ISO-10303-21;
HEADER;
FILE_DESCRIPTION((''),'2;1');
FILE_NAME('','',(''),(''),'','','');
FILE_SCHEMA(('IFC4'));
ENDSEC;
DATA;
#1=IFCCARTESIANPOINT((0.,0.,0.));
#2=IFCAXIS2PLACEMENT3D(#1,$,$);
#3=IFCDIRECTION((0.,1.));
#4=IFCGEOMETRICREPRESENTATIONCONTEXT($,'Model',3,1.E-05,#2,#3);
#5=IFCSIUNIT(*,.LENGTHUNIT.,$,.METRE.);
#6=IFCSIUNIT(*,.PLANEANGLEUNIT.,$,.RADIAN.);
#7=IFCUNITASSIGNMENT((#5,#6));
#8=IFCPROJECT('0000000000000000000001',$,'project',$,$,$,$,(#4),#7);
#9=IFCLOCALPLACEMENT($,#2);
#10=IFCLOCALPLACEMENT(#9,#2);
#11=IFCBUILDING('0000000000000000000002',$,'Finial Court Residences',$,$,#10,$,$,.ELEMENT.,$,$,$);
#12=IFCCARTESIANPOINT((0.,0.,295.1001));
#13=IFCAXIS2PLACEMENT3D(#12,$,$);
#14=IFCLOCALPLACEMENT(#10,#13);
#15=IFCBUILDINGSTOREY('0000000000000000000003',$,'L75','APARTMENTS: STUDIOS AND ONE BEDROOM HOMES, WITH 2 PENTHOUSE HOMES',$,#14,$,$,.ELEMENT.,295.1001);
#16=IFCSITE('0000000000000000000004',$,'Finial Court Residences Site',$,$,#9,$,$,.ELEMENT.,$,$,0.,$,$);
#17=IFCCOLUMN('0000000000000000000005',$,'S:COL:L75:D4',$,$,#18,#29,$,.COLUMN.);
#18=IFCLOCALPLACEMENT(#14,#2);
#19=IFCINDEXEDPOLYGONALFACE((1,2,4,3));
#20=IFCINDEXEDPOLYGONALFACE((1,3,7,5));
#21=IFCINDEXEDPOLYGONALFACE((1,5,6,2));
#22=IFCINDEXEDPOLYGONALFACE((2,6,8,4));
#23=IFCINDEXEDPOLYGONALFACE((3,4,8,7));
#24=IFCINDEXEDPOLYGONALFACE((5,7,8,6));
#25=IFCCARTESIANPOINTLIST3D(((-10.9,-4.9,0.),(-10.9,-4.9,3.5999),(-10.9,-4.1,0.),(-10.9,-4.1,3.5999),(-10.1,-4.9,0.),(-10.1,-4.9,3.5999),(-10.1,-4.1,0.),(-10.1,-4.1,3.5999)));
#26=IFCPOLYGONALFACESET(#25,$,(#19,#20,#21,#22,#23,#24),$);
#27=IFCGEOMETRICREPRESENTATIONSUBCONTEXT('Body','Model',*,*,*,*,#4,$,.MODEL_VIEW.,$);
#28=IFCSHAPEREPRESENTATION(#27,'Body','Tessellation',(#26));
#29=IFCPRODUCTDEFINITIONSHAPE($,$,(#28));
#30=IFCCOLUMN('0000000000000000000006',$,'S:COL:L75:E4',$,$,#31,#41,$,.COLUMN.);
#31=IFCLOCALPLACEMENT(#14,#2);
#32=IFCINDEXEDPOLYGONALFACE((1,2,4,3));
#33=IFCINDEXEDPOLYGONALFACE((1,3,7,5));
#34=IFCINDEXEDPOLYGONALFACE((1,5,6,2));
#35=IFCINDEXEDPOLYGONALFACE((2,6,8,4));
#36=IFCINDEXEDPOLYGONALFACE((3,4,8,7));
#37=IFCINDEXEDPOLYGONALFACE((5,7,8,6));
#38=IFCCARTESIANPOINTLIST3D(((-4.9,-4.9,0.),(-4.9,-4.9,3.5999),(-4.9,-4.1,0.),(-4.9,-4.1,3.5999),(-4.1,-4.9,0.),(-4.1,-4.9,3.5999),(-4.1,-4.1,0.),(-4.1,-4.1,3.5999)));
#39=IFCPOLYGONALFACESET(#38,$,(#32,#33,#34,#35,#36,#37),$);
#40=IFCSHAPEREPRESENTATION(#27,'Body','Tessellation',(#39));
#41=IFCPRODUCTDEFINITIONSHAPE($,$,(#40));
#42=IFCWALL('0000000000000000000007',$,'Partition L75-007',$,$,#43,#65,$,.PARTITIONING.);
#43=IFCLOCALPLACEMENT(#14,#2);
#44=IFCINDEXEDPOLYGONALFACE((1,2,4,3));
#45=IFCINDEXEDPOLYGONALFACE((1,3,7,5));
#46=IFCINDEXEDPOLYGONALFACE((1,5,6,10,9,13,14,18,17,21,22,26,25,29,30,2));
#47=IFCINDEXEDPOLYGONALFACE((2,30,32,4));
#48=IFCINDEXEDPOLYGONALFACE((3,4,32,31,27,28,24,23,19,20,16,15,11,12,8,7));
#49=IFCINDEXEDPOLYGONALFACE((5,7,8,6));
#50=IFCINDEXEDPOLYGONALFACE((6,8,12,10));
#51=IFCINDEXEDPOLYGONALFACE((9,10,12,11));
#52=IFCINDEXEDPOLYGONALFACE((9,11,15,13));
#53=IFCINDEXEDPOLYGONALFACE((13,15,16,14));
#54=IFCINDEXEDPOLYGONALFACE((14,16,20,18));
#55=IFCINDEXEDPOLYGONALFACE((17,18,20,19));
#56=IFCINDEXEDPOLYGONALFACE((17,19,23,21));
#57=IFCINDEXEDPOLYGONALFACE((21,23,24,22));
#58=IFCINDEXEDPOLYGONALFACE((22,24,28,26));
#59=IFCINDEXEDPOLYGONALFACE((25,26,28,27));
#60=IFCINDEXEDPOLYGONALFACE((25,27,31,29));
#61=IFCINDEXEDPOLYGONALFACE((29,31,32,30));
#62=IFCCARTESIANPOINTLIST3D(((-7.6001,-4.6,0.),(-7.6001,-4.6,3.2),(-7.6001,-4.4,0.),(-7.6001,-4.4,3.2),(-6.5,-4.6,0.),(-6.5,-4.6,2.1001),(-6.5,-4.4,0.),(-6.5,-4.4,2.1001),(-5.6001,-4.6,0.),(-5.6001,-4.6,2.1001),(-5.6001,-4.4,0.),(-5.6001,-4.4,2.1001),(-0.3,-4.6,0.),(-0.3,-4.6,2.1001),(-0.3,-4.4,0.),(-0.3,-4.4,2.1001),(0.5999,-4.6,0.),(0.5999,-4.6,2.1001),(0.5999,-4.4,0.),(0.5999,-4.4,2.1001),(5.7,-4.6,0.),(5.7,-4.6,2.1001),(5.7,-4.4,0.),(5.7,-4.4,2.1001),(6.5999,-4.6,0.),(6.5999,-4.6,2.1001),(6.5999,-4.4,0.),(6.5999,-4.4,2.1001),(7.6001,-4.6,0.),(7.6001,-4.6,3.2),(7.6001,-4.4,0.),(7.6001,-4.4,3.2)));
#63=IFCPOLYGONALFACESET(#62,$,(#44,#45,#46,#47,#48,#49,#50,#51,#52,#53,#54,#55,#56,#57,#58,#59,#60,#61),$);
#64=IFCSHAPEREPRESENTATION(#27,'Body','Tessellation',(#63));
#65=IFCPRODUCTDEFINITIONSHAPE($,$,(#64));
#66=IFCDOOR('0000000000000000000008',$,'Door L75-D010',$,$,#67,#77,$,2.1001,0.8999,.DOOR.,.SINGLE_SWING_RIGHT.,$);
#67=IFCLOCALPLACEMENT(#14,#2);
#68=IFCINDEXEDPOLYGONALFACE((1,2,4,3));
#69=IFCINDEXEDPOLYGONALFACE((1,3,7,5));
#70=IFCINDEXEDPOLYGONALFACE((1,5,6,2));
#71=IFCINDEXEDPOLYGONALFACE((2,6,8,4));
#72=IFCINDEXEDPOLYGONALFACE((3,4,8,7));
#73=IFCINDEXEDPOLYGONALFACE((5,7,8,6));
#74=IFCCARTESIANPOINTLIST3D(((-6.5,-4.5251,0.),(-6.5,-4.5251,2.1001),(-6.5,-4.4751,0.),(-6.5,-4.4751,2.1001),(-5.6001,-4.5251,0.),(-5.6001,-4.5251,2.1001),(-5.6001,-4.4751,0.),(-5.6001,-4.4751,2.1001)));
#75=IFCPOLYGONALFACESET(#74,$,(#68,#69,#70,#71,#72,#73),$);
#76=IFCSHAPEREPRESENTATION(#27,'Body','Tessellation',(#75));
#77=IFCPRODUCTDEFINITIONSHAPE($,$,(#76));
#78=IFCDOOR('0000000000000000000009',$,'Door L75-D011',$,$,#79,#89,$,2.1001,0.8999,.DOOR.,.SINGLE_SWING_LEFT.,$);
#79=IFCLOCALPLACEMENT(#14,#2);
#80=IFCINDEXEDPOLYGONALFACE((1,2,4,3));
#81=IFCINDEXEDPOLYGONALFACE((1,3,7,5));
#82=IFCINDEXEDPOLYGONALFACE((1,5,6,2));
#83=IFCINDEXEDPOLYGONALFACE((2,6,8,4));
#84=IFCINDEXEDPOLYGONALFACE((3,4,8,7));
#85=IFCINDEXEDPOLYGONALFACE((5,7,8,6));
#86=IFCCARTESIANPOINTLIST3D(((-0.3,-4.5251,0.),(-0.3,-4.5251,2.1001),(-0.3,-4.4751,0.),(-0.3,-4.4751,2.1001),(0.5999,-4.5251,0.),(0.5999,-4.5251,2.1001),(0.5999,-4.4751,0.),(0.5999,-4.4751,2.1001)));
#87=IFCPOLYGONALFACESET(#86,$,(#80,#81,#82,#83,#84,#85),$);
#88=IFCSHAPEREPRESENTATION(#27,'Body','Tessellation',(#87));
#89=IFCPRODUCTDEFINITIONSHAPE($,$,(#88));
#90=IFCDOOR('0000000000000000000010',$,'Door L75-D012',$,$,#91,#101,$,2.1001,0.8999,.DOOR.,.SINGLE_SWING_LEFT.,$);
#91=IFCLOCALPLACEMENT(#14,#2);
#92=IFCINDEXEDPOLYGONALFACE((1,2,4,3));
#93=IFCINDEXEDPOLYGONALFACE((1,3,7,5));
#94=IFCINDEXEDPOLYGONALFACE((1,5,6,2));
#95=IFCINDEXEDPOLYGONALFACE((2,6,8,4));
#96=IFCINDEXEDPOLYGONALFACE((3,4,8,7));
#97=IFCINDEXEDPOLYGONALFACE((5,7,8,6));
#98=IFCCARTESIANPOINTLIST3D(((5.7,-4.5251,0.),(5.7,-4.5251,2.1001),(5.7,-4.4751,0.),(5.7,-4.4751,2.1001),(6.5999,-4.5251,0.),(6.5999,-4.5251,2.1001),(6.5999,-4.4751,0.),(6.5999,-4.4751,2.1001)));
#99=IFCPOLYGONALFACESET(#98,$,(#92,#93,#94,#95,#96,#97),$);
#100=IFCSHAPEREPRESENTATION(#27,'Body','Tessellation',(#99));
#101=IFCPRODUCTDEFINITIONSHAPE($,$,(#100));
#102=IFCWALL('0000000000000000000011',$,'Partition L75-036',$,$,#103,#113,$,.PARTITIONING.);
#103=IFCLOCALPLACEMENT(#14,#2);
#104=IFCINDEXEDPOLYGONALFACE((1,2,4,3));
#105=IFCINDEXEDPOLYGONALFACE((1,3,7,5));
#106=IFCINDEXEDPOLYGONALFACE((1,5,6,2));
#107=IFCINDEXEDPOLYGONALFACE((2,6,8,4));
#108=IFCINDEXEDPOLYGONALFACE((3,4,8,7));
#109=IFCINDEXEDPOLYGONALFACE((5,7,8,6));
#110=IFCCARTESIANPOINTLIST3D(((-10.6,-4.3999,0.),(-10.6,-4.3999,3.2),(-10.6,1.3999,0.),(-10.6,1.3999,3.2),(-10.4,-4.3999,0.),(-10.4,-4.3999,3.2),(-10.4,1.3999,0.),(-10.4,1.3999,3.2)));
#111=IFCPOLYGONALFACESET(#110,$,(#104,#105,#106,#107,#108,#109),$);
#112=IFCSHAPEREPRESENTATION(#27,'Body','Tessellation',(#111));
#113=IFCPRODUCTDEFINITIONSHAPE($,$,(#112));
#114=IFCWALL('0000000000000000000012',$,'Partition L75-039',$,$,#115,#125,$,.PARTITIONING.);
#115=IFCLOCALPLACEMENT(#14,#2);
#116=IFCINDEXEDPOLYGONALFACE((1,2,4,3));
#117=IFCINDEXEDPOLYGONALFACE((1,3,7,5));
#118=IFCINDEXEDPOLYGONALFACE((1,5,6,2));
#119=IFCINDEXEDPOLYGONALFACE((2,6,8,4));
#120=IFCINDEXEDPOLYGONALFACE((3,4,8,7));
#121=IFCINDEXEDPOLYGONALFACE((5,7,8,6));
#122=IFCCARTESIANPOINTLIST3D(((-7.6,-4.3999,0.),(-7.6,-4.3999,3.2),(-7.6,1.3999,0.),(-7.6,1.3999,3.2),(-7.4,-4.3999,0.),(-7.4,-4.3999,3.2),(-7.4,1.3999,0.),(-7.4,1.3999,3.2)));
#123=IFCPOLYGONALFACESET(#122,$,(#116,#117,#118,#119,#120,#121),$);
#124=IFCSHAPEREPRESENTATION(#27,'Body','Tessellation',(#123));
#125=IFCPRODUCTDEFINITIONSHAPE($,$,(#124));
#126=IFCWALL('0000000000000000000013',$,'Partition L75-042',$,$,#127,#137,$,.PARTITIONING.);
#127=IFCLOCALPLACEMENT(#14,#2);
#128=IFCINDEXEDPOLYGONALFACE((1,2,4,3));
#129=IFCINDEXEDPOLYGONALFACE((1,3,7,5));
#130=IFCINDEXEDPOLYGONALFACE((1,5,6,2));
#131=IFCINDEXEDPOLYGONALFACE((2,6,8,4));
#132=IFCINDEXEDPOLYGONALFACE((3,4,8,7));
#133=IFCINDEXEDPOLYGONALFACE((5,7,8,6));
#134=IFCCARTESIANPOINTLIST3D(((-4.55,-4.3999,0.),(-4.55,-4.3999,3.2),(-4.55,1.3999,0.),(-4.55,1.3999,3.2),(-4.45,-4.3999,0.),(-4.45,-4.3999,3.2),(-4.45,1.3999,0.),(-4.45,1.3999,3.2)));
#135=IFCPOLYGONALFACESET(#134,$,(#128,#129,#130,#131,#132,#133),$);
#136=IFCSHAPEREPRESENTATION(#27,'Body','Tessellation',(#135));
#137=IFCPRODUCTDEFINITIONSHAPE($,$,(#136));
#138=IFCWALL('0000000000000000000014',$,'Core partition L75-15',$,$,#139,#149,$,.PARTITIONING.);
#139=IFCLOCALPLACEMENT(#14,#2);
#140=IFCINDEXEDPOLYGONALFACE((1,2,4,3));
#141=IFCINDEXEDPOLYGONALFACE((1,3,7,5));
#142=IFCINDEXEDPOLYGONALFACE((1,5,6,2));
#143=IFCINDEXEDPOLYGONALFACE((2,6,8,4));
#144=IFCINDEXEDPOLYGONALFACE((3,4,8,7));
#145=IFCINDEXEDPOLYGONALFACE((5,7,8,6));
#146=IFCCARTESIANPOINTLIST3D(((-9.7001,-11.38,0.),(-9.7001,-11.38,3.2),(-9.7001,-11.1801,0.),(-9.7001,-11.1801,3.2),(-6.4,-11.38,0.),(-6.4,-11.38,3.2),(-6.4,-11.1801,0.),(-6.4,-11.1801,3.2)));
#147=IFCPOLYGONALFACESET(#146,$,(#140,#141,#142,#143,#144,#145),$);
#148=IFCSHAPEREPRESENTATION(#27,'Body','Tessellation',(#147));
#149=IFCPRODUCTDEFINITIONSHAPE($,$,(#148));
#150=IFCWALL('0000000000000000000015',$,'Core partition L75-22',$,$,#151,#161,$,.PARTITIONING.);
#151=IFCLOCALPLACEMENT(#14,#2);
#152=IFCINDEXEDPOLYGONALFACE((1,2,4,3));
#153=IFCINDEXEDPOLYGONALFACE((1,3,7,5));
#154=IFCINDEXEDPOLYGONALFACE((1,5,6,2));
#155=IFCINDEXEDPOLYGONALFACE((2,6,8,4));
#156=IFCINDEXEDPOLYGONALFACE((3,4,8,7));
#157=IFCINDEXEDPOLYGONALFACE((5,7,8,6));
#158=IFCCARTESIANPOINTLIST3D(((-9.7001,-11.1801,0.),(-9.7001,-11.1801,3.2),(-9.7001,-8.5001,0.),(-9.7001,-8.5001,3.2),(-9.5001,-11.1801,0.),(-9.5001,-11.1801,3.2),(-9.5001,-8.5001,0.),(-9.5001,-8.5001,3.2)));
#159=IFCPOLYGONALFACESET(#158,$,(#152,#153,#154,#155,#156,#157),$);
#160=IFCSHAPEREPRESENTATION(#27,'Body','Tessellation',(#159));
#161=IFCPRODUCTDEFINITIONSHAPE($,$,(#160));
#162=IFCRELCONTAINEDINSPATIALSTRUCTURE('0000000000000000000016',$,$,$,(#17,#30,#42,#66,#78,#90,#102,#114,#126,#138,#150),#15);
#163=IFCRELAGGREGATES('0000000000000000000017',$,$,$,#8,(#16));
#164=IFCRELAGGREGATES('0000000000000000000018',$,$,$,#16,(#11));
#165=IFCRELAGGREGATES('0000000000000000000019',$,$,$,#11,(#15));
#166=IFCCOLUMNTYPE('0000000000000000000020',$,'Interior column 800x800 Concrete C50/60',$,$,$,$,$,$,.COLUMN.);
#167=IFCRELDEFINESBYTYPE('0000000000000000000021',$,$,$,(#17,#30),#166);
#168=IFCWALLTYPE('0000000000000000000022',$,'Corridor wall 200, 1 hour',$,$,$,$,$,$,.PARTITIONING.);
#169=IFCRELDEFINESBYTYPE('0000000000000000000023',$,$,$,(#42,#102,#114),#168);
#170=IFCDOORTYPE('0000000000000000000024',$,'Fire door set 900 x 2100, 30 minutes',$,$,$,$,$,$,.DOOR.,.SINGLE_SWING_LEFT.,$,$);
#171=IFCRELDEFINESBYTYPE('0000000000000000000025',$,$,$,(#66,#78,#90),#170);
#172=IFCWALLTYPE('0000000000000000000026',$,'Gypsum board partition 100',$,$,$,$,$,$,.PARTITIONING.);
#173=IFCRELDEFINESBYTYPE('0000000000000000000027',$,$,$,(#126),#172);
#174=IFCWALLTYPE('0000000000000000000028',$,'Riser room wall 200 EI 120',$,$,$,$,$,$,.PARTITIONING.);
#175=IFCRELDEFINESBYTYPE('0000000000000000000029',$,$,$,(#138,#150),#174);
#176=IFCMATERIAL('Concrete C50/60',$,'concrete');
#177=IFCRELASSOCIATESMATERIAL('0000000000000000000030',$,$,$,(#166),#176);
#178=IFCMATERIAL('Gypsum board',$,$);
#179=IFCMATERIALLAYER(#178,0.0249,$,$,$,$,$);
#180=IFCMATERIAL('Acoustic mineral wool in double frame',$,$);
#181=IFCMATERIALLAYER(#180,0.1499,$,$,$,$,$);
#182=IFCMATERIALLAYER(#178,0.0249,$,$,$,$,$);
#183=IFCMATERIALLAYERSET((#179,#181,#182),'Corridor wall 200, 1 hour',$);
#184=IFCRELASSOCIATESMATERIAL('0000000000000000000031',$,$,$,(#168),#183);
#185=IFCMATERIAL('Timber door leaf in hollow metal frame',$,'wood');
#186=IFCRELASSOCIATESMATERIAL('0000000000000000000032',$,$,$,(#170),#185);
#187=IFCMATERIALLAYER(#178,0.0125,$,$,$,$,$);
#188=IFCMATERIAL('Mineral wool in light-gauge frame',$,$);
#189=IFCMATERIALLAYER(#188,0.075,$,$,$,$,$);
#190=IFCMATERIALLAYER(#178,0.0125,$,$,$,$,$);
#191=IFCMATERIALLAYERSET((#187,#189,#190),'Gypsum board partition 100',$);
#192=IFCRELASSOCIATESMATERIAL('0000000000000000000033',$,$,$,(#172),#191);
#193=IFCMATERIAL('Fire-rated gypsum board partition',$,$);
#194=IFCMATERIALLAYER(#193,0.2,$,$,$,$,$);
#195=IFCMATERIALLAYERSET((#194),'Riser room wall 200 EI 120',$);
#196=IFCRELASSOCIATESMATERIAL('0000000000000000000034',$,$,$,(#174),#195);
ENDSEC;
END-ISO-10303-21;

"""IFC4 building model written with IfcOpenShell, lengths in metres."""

from ifc_helpers import new_model, si_unit, direction, frame, frame_2d, origin, origin_2d, place, context, subcontext, project, spatial, rectangle, extrude, material, layer, layer_set, material_profile, profile_set, type_object, element, fill, save


model = new_model("IFC4")

# Units and contexts
model_context = context("Model", 3, precision=1e-05, world=origin(), true_north=direction((0.0, 1.0)))
body_context = subcontext(model_context, "Body", "Model", "MODEL_VIEW")
ifc_project = project(units=[si_unit("LENGTHUNIT", "METRE"), si_unit("PLANEANGLEUNIT", "RADIAN")], contexts=[model_context])

# Site, building, storey
site_placement = place(None, origin())
site = spatial("IfcSite", under=ifc_project, at=site_placement, Name="Finial Court Residences Site", CompositionType="ELEMENT", RefElevation=0.0)
building_placement = place(site_placement, origin())
building = spatial("IfcBuilding", under=site, at=building_placement, Name="Finial Court Residences", CompositionType="ELEMENT")
storey_placement = place(building_placement, frame((0.0, 0.0, 295.1001)))
storey = spatial("IfcBuildingStorey", under=building, at=storey_placement, Name="L75", Description="APARTMENTS: STUDIOS AND ONE BEDROOM HOMES, WITH 2 PENTHOUSE HOMES", CompositionType="ELEMENT", Elevation=295.1001)

# Columns
ifc_material_1 = material(Name="Concrete C50/60", Category="concrete")
ifc_material_profile = material_profile(ifc_material_1, rectangle(XDim=0.8, YDim=0.8, at=origin_2d()), Name="800x800")
ifc_profile_set = profile_set([ifc_material_profile], Name="Concrete C50/60")
column_type = type_object("IfcColumnType", Name="Interior column 800x800 Concrete C50/60", PredefinedType="COLUMN", material=ifc_profile_set)
for number, where, z_axis, x_axis, name in (
    (1, (-10.5, -4.5, 0.0), (0.0, 0.0, 1.0), (1.0, 0.0, 0.0), "S:COL:L75:D4"),
    (2, (-4.5, -4.5, 0.0), (0.0, 0.0, 1.0), (1.0, 0.0, 0.0), "S:COL:L75:E4"),
):
    element("IfcColumn", number, at=place(storey_placement, frame(where, z_axis=z_axis, x_axis=x_axis)), inside=storey, type_object=column_type, Name=name, PredefinedType="COLUMN", context=body_context, shape_type="SweptSolid", body=[
        extrude(rectangle(XDim=0.8, YDim=0.8, at=origin_2d()), origin(), (0.0, 0.0, 1.0), 3.5999),
    ])

# Wall, openings, doors
ifc_material_2 = material(Name="Gypsum board")
ifc_layer_1 = layer(ifc_material_2, 0.0249)
ifc_material_3 = material(Name="Acoustic mineral wool in double frame")
ifc_layer_2 = layer(ifc_material_3, 0.1499)
ifc_layer_3 = layer(ifc_material_2, 0.0249)
ifc_layer_set_1 = layer_set([ifc_layer_1, ifc_layer_2, ifc_layer_3], Name="Corridor wall 200, 1 hour")
wall_type_1 = type_object("IfcWallType", Name="Corridor wall 200, 1 hour", PredefinedType="PARTITIONING", material=ifc_layer_set_1)
wall_1_placement = place(storey_placement, frame((-7.6001, -4.5, 0.0), z_axis=(0.0, 0.0, 1.0), x_axis=(1.0, 0.0, 0.0)))
wall_1 = element("IfcWall", 3, at=wall_1_placement, inside=storey, type_object=wall_type_1, Name="Partition L75-007", PredefinedType="PARTITIONING", context=body_context, shape_type="SweptSolid", body=[
    extrude(rectangle(XDim=15.2002, YDim=0.2, at=frame_2d((7.6001, 0.0))), origin(), (0.0, 0.0, 1.0), 3.2),
])
opening_1_placement = place(wall_1_placement, frame((1.1001, 0.0, 0.0)))
opening_1 = element("IfcOpeningElement", 4, at=opening_1_placement, cuts=wall_1, PredefinedType="OPENING", context=body_context, shape_type="SweptSolid", body=[
    extrude(rectangle(XDim=0.8999, YDim=2.1001, at=frame_2d((0.45, 1.05))), frame((0.0, 0.1099, 0.0), z_axis=(0.0, -1.0, 0.0), x_axis=(1.0, 0.0, 0.0)), (0.0, 0.0, 1.0), 0.22),
])
opening_2_placement = place(wall_1_placement, frame((7.3, 0.0, 0.0)))
opening_2 = element("IfcOpeningElement", 5, at=opening_2_placement, cuts=wall_1, PredefinedType="OPENING", context=body_context, shape_type="SweptSolid", body=[
    extrude(rectangle(XDim=0.8999, YDim=2.1001, at=frame_2d((0.45, 1.05))), frame((0.0, 0.1099, 0.0), z_axis=(0.0, -1.0, 0.0), x_axis=(1.0, 0.0, 0.0)), (0.0, 0.0, 1.0), 0.22),
])
opening_3_placement = place(wall_1_placement, frame((13.3, 0.0, 0.0)))
opening_3 = element("IfcOpeningElement", 6, at=opening_3_placement, cuts=wall_1, PredefinedType="OPENING", context=body_context, shape_type="SweptSolid", body=[
    extrude(rectangle(XDim=0.8999, YDim=2.1001, at=frame_2d((0.45, 1.05))), frame((0.0, 0.1099, 0.0), z_axis=(0.0, -1.0, 0.0), x_axis=(1.0, 0.0, 0.0)), (0.0, 0.0, 1.0), 0.22),
])
ifc_material_4 = material(Name="Timber door leaf in hollow metal frame", Category="wood")
door_type_1 = type_object("IfcDoorType", Name="Fire door set 900 x 2100, 30 minutes", OperationType="SINGLE_SWING_LEFT", PredefinedType="DOOR", material=ifc_material_4)
door_1_placement = place(opening_1_placement, origin())
door_1 = element("IfcDoor", 7, at=door_1_placement, inside=storey, type_object=door_type_1, Name="Door L75-D010", OperationType="SINGLE_SWING_RIGHT", OverallHeight=2.1001, OverallWidth=0.8999, PredefinedType="DOOR", context=body_context, shape_type="SweptSolid", body=[
    extrude(rectangle(XDim=0.8999, YDim=2.1001, at=frame_2d((0.45, 1.05))), frame((0.0, 0.0249, 0.0), z_axis=(0.0, -1.0, 0.0), x_axis=(1.0, 0.0, 0.0)), (0.0, 0.0, 1.0), 0.05),
])
fill(opening_1, door_1)
door_2_placement = place(opening_2_placement, origin())
door_2 = element("IfcDoor", 8, at=door_2_placement, inside=storey, type_object=door_type_1, Name="Door L75-D011", OperationType="SINGLE_SWING_LEFT", OverallHeight=2.1001, OverallWidth=0.8999, PredefinedType="DOOR", context=body_context, shape_type="SweptSolid", body=[
    extrude(rectangle(XDim=0.8999, YDim=2.1001, at=frame_2d((0.45, 1.05))), frame((0.0, 0.0249, 0.0), z_axis=(0.0, -1.0, 0.0), x_axis=(1.0, 0.0, 0.0)), (0.0, 0.0, 1.0), 0.05),
])
fill(opening_2, door_2)
door_3_placement = place(opening_3_placement, origin())
door_3 = element("IfcDoor", 9, at=door_3_placement, inside=storey, type_object=door_type_1, Name="Door L75-D012", OperationType="SINGLE_SWING_LEFT", OverallHeight=2.1001, OverallWidth=0.8999, PredefinedType="DOOR", context=body_context, shape_type="SweptSolid", body=[
    extrude(rectangle(XDim=0.8999, YDim=2.1001, at=frame_2d((0.45, 1.05))), frame((0.0, 0.0249, 0.0), z_axis=(0.0, -1.0, 0.0), x_axis=(1.0, 0.0, 0.0)), (0.0, 0.0, 1.0), 0.05),
])
fill(opening_3, door_3)

# Walls
for number, where, z_axis, x_axis, name in (
    (10, (-10.5, -4.3999, 0.0), (0.0, 0.0, 1.0), (0.0, 1.0, 0.0), "Partition L75-036"),
    (11, (-7.5, -4.3999, 0.0), (0.0, 0.0, 1.0), (0.0, 1.0, 0.0), "Partition L75-039"),
):
    element("IfcWall", number, at=place(storey_placement, frame(where, z_axis=z_axis, x_axis=x_axis)), inside=storey, type_object=wall_type_1, Name=name, PredefinedType="PARTITIONING", context=body_context, shape_type="SweptSolid", body=[
        extrude(rectangle(XDim=5.7998, YDim=0.2, at=frame_2d((2.8999, 0.0))), origin(), (0.0, 0.0, 1.0), 3.2),
    ])
ifc_layer_4 = layer(ifc_material_2, 0.0125)
ifc_material_5 = material(Name="Mineral wool in light-gauge frame")
ifc_layer_5 = layer(ifc_material_5, 0.075)
ifc_layer_6 = layer(ifc_material_2, 0.0125)
ifc_layer_set_2 = layer_set([ifc_layer_4, ifc_layer_5, ifc_layer_6], Name="Gypsum board partition 100")
wall_type_2 = type_object("IfcWallType", Name="Gypsum board partition 100", PredefinedType="PARTITIONING", material=ifc_layer_set_2)
wall_2_placement = place(storey_placement, frame((-4.5, -4.3999, 0.0), z_axis=(0.0, 0.0, 1.0), x_axis=(0.0, 1.0, 0.0)))
element("IfcWall", 12, at=wall_2_placement, inside=storey, type_object=wall_type_2, Name="Partition L75-042", PredefinedType="PARTITIONING", context=body_context, shape_type="SweptSolid", body=[
    extrude(rectangle(XDim=5.7998, YDim=0.1001, at=frame_2d((2.8999, 0.0))), origin(), (0.0, 0.0, 1.0), 3.2),
])
ifc_material_6 = material(Name="Fire-rated gypsum board partition")
ifc_layer_7 = layer(ifc_material_6, 0.2)
ifc_layer_set_3 = layer_set([ifc_layer_7], Name="Riser room wall 200 EI 120")
wall_type_3 = type_object("IfcWallType", Name="Riser room wall 200 EI 120", PredefinedType="PARTITIONING", material=ifc_layer_set_3)
wall_3_placement = place(storey_placement, frame((-9.7, -11.28, 0.0), z_axis=(0.0, 0.0, 1.0), x_axis=(1.0, 0.0, 0.0)))
element("IfcWall", 13, at=wall_3_placement, inside=storey, type_object=wall_type_3, Name="Core partition L75-15", PredefinedType="PARTITIONING", context=body_context, shape_type="SweptSolid", body=[
    extrude(rectangle(XDim=3.3, YDim=0.2, at=frame_2d((1.6499, 0.0))), origin(), (0.0, 0.0, 1.0), 3.2),
])
wall_4_placement = place(storey_placement, frame((-9.6001, -11.1799, 0.0), z_axis=(0.0, 0.0, 1.0), x_axis=(0.0, 1.0, 0.0)))
element("IfcWall", 14, at=wall_4_placement, inside=storey, type_object=wall_type_3, Name="Core partition L75-22", PredefinedType="PARTITIONING", context=body_context, shape_type="SweptSolid", body=[
    extrude(rectangle(XDim=2.6799, YDim=0.2, at=frame_2d((1.3398, 0.0))), origin(), (0.0, 0.0, 1.0), 3.2),
])

save(model, "model.ifc")
